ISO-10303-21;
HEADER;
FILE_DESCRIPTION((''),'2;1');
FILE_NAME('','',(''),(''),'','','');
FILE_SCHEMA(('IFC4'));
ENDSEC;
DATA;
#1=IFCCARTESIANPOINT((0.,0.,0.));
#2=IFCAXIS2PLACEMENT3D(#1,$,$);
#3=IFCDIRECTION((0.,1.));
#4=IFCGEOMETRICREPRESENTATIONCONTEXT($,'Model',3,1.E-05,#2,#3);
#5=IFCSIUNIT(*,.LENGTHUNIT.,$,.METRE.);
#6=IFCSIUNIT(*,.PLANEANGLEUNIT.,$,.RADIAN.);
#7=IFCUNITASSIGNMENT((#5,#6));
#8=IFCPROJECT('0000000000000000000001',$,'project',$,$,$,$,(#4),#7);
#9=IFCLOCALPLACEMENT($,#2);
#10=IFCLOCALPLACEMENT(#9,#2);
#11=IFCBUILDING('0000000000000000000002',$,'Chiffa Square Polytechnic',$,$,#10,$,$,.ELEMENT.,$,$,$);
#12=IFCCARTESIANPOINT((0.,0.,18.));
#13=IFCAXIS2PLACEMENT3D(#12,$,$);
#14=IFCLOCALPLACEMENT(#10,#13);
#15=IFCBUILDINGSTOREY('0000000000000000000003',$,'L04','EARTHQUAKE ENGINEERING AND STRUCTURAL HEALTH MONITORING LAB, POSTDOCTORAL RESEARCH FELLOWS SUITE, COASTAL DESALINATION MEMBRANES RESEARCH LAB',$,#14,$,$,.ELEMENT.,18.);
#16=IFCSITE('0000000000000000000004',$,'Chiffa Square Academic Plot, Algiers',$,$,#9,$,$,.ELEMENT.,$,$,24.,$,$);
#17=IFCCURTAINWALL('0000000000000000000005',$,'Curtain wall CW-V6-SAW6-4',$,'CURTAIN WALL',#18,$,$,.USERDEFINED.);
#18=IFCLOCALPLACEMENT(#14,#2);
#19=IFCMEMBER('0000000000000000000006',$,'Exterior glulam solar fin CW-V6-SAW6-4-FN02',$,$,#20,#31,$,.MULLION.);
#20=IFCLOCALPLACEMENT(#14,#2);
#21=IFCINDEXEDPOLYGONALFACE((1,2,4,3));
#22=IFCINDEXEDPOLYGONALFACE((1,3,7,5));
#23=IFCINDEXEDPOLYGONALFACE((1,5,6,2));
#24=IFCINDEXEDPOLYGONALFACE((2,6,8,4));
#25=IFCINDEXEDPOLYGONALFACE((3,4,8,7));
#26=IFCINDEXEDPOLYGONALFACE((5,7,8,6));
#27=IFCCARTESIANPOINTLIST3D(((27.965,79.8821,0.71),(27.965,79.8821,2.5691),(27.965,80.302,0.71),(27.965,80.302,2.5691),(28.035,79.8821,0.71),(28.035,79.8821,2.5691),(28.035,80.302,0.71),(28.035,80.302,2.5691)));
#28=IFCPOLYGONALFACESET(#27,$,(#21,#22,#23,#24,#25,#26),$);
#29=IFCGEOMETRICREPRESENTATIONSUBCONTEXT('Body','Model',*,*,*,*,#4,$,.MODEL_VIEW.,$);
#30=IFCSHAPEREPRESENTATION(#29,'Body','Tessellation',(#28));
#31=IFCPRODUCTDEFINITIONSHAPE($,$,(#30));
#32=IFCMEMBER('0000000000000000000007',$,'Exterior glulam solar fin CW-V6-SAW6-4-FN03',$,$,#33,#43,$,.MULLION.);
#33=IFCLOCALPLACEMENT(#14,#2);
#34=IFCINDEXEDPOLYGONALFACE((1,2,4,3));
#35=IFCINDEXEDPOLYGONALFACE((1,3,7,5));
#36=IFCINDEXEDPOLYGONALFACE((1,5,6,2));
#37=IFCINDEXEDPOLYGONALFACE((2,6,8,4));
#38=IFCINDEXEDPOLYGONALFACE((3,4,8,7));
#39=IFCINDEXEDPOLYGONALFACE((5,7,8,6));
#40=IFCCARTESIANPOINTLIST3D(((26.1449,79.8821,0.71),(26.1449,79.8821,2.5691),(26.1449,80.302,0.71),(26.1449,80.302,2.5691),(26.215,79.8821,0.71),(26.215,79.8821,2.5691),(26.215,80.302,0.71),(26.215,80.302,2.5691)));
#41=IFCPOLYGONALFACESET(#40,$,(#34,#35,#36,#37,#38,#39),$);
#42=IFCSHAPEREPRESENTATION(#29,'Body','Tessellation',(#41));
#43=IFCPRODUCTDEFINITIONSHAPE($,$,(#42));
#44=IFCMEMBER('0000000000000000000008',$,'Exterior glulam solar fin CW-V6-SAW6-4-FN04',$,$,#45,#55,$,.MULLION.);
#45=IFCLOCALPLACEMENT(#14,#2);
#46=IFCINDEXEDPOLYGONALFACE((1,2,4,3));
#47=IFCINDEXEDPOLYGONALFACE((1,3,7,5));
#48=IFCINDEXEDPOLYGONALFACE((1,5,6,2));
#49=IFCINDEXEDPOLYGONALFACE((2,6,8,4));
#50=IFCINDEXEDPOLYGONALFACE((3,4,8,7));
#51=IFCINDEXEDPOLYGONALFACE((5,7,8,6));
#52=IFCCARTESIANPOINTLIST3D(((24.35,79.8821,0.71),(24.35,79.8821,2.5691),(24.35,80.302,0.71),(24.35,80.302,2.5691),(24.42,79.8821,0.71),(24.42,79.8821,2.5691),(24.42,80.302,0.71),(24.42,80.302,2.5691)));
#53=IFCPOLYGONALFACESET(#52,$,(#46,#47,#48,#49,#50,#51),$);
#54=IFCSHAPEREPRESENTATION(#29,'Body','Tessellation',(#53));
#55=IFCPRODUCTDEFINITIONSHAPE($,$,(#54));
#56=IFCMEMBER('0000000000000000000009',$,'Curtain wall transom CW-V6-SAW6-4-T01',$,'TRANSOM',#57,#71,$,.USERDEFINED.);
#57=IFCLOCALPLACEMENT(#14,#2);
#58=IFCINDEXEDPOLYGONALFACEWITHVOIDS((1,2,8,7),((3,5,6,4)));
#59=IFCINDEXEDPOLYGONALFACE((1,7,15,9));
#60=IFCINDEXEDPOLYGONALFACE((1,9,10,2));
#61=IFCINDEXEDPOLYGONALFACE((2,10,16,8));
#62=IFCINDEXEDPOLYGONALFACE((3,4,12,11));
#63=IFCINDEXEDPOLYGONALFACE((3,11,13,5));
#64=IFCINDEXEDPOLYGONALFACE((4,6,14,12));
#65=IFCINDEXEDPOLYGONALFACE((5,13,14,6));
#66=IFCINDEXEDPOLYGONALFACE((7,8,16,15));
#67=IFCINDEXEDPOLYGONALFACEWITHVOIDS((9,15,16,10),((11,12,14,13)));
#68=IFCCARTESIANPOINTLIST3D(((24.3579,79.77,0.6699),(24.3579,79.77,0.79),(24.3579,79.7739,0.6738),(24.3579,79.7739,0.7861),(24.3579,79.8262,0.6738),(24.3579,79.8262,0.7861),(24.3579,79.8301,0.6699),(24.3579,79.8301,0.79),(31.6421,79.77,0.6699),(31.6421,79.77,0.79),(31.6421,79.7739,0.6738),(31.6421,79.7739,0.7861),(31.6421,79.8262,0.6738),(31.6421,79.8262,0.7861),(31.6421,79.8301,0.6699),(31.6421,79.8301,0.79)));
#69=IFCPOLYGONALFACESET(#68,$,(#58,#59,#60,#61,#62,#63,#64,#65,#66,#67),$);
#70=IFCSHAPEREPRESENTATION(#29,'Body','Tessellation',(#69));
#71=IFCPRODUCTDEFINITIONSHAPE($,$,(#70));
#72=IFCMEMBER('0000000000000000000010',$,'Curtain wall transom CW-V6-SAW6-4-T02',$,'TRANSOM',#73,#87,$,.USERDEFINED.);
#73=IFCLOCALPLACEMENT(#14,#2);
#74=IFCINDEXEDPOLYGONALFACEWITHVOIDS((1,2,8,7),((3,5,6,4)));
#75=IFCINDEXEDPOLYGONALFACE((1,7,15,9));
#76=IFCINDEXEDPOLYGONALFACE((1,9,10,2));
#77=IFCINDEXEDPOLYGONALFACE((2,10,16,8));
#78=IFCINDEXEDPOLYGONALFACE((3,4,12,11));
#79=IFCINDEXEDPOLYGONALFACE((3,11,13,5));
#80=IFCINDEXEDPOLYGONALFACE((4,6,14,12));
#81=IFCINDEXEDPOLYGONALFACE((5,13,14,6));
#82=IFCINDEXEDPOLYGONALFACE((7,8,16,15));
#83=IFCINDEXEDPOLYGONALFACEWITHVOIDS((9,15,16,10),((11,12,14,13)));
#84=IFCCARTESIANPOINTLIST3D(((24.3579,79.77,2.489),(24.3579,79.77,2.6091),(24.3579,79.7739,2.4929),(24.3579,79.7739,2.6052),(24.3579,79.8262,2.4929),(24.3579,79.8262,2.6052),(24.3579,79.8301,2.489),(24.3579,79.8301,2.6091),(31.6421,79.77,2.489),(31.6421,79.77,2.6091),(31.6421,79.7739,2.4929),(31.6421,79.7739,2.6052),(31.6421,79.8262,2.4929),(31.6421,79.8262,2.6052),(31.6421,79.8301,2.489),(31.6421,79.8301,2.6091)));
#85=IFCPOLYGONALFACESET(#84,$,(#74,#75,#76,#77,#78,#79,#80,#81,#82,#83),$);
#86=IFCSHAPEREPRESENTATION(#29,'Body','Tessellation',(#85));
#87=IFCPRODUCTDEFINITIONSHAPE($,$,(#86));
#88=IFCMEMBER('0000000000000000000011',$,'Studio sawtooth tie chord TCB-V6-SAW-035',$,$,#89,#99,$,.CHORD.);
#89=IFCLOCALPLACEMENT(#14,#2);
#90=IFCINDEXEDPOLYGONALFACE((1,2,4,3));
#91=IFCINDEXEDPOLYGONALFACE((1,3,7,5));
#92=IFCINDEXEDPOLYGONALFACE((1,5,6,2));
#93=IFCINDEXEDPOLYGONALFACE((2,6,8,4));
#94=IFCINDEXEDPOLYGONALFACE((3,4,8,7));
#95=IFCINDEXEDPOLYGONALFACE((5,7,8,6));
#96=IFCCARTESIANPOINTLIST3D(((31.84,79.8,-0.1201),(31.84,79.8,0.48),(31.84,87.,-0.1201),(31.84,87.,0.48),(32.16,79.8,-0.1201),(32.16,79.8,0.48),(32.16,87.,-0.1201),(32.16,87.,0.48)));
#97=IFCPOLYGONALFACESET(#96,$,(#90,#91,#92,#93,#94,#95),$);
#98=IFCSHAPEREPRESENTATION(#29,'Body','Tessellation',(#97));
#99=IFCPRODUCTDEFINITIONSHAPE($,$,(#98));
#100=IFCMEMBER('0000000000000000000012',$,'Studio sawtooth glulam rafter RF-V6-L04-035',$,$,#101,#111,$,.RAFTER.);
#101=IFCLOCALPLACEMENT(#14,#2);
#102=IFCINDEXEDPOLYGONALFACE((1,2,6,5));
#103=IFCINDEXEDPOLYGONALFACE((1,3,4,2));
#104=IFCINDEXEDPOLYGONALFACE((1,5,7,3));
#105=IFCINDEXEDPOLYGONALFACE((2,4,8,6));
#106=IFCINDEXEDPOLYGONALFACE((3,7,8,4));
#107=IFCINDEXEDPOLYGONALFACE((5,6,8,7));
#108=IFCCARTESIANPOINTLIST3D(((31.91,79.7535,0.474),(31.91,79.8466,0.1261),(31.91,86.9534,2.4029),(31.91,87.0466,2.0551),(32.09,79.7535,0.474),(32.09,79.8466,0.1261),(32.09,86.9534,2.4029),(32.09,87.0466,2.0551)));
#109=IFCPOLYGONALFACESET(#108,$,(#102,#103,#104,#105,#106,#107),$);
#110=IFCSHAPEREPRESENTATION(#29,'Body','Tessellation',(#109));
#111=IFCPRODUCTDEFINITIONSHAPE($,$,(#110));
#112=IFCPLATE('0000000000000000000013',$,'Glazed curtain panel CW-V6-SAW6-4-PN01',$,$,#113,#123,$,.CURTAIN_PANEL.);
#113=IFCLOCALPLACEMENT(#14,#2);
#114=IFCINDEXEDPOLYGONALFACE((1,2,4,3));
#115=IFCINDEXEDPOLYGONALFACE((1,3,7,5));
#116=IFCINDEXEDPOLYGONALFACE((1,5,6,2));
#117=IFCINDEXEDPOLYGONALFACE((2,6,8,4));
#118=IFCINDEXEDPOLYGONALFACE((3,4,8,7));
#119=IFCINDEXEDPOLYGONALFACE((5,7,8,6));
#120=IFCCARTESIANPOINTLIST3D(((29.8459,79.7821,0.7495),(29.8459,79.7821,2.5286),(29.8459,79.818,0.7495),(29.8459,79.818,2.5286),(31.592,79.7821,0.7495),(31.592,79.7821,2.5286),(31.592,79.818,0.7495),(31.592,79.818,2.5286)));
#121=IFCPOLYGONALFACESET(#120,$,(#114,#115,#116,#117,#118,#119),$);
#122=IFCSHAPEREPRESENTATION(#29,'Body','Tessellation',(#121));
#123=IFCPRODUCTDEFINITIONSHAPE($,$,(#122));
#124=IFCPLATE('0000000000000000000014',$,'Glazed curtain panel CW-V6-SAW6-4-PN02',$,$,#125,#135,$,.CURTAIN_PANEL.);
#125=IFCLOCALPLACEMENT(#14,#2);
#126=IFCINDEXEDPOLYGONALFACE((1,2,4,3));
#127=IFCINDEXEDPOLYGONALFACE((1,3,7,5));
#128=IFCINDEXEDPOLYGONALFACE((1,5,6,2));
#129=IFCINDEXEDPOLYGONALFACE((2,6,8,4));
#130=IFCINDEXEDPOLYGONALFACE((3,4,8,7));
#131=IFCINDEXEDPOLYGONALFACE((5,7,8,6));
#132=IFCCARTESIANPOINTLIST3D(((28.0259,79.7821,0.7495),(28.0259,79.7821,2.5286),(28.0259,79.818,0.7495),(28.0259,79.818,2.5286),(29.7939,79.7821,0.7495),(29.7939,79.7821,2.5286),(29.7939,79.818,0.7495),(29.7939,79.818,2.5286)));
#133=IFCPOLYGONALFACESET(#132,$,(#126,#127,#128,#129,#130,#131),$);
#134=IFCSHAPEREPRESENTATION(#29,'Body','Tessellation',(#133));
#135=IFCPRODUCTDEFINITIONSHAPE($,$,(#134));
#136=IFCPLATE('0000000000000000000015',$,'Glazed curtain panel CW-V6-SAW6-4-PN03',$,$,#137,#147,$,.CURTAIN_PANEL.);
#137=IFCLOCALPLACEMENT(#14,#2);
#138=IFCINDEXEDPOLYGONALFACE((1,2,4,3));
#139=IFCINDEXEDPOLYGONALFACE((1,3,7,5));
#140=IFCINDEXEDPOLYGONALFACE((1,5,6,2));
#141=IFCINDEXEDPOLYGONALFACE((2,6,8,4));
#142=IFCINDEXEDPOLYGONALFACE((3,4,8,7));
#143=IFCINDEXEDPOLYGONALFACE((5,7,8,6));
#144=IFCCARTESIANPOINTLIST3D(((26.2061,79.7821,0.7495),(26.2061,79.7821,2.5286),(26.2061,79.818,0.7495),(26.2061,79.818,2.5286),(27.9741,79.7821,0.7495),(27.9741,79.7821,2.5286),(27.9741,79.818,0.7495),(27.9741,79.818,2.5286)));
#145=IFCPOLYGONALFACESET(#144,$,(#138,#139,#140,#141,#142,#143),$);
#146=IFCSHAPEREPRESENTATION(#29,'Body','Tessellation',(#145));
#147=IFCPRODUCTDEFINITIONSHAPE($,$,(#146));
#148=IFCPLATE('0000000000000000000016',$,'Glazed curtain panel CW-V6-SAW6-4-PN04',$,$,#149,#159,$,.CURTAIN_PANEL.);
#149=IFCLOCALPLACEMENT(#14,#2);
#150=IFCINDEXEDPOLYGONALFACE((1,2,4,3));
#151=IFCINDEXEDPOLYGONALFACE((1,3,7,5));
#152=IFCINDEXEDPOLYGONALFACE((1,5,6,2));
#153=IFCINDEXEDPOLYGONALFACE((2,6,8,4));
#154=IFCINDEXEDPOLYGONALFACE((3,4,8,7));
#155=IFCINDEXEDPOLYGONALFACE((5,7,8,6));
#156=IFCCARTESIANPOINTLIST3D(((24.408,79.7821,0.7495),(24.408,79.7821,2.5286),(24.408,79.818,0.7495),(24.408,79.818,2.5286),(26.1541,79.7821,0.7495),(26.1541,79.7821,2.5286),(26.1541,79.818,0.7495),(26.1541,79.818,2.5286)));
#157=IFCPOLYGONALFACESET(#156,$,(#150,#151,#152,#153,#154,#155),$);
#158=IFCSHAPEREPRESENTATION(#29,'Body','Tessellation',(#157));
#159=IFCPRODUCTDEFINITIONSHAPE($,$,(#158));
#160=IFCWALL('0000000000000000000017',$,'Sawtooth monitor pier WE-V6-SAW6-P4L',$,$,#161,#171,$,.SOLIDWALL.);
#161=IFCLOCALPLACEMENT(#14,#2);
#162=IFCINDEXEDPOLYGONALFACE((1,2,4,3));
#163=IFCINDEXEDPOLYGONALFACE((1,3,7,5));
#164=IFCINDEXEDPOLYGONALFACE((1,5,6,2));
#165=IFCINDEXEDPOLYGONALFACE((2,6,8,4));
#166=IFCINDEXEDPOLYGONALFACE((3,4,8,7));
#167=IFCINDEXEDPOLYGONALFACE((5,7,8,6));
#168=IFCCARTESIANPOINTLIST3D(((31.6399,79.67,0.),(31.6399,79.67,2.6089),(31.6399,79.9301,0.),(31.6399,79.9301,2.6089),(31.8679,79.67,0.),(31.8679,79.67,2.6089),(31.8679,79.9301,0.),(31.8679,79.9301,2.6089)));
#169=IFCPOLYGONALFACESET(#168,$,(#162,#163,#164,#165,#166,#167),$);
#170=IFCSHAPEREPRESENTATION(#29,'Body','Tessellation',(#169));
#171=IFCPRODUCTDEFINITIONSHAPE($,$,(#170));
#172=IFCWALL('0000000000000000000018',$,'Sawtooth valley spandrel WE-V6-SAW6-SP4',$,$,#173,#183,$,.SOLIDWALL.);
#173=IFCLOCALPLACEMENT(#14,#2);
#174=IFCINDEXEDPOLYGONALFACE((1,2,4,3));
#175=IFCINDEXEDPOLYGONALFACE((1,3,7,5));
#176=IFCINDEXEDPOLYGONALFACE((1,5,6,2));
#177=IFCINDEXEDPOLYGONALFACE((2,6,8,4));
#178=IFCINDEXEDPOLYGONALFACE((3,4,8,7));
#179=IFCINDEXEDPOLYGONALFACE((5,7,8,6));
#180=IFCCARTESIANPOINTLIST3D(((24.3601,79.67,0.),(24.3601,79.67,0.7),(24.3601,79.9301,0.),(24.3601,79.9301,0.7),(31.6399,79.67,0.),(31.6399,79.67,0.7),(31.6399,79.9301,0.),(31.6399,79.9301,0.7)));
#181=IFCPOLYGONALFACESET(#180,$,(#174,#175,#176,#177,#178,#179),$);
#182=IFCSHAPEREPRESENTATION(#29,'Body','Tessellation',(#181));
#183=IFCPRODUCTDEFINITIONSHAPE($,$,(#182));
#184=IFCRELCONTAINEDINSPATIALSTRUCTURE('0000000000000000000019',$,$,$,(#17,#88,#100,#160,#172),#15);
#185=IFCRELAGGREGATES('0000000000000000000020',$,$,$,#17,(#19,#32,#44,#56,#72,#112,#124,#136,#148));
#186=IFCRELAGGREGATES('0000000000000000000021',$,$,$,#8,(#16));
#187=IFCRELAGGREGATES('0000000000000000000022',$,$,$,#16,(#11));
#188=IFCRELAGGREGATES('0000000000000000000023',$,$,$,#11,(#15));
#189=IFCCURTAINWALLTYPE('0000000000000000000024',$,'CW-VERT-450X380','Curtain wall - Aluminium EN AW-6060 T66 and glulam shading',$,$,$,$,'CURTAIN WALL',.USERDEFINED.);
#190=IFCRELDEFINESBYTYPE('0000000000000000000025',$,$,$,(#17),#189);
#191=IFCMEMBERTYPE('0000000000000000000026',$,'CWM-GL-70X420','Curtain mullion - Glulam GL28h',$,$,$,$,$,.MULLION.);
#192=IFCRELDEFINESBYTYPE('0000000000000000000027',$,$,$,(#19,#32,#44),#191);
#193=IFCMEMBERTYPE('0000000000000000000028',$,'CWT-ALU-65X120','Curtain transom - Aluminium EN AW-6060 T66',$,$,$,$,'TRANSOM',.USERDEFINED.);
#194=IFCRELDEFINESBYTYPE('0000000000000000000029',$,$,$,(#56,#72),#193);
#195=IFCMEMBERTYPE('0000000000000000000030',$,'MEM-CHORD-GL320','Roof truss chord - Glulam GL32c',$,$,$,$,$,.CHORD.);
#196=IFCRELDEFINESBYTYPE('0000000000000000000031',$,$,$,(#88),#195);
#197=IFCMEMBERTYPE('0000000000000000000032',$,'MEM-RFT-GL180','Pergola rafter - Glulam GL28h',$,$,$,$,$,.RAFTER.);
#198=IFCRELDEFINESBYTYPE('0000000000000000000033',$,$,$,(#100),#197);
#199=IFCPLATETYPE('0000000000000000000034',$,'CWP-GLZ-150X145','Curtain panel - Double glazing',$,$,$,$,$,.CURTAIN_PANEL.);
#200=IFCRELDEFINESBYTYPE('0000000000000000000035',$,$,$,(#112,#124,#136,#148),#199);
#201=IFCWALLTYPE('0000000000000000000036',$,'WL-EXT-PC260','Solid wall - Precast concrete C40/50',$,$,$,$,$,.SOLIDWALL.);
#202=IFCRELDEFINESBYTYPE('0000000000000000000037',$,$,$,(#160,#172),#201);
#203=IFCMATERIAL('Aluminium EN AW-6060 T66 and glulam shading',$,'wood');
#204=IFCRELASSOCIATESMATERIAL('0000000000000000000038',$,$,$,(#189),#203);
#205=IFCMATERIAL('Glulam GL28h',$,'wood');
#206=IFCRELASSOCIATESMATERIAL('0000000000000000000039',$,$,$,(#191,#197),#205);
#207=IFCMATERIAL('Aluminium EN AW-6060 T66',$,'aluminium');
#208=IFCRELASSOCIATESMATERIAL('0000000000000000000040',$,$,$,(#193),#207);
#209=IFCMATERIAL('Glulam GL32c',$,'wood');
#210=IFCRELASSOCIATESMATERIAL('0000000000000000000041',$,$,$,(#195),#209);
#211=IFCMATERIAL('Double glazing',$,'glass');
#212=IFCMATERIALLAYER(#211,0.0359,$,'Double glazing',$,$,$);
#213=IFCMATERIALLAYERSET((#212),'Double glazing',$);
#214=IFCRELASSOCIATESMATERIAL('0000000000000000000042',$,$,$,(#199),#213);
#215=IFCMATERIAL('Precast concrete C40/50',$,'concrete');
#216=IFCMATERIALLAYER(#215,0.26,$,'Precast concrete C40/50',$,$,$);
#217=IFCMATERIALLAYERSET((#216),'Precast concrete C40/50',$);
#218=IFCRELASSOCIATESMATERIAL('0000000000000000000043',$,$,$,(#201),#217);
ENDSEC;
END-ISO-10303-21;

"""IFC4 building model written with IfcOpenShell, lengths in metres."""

from ifc_helpers import new_model, si_unit, direction, frame, frame_2d, origin, origin_2d, place, context, subcontext, project, spatial, rectangle, hollow_rectangle, extrude, material, layer, layer_set, material_profile, profile_set, type_object, element, aggregate, save


model = new_model("IFC4")

# Units and contexts
model_context = context("Model", 3, precision=1e-05, world=origin(), true_north=direction((0.0, 1.0)))
body_context = subcontext(model_context, "Body", "Model", "MODEL_VIEW")
ifc_project = project(units=[si_unit("LENGTHUNIT", "METRE"), si_unit("PLANEANGLEUNIT", "RADIAN")], contexts=[model_context])

# Site, building, storey
site_placement = place(None, origin())
site = spatial("IfcSite", under=ifc_project, at=site_placement, Name="Chiffa Square Academic Plot, Algiers", CompositionType="ELEMENT", RefElevation=24.0)
building_placement = place(site_placement, origin())
building = spatial("IfcBuilding", under=site, at=building_placement, Name="Chiffa Square Polytechnic", CompositionType="ELEMENT")
storey_placement = place(building_placement, frame((0.0, 0.0, 18.0)))
storey = spatial("IfcBuildingStorey", under=building, at=storey_placement, Name="L04", Description="EARTHQUAKE ENGINEERING AND STRUCTURAL HEALTH MONITORING LAB, POSTDOCTORAL RESEARCH FELLOWS SUITE, COASTAL DESALINATION MEMBRANES RESEARCH LAB", CompositionType="ELEMENT", Elevation=18.0)

# Shared definitions
ifc_material_1 = material(Name="Glulam GL32c", Category="wood")

# Curtain wall
ifc_material_2 = material(Name="Aluminium EN AW-6060 T66 and glulam shading", Category="wood")
curtain_wall_type_1 = type_object("IfcCurtainWallType", Name="CW-VERT-450X380", Description="Curtain wall - Aluminium EN AW-6060 T66 and glulam shading", ElementType="CURTAIN WALL", PredefinedType="USERDEFINED", material=ifc_material_2)
curtain_wall_1_placement = place(storey_placement, origin())
curtain_wall_1 = element("IfcCurtainWall", 1, at=curtain_wall_1_placement, inside=storey, type_object=curtain_wall_type_1, Name="Curtain wall CW-V6-SAW6-4", ObjectType="CURTAIN WALL", PredefinedType="USERDEFINED")
ifc_material_3 = material(Name="Aluminium EN AW-6060 T66", Category="aluminium")
ifc_material_4 = material(Name="Glulam GL28h", Category="wood")
ifc_material_profile_1 = material_profile(ifc_material_4, rectangle(XDim=0.0701, YDim=0.4199, at=origin_2d()), Name="GL28h 70x420")
ifc_profile_set_1 = profile_set([ifc_material_profile_1], Name="Glulam GL28h")
member_type_1 = type_object("IfcMemberType", Name="CWM-GL-70X420", Description="Curtain mullion - Glulam GL28h", PredefinedType="MULLION", material=ifc_profile_set_1)

# Members
member_1_placement = place(storey_placement, frame((28.0, 80.092, 0.71), z_axis=(0.0, 0.0, 1.0), x_axis=(-1.0, 0.0, 0.0)))
member_1 = element("IfcMember", 2, at=member_1_placement, type_object=member_type_1, Name="Exterior glulam solar fin CW-V6-SAW6-4-FN02", PredefinedType="MULLION", context=body_context, shape_type="SweptSolid", body=[
    extrude(rectangle(XDim=0.0701, YDim=0.4199, at=origin_2d()), origin(), (0.0, 0.0, 1.0), 1.8591),
])
member_2_placement = place(storey_placement, frame((26.1799, 80.092, 0.71), z_axis=(0.0, 0.0, 1.0), x_axis=(-1.0, 0.0, 0.0)))
member_2 = element("IfcMember", 3, at=member_2_placement, type_object=member_type_1, Name="Exterior glulam solar fin CW-V6-SAW6-4-FN03", PredefinedType="MULLION", context=body_context, shape_type="SweptSolid", body=[
    extrude(rectangle(XDim=0.0701, YDim=0.4199, at=origin_2d()), origin(), (0.0, 0.0, 1.0), 1.8591),
])
member_3_placement = place(storey_placement, frame((24.385, 80.092, 0.71), z_axis=(0.0, 0.0, 1.0), x_axis=(-1.0, 0.0, 0.0)))
member_3 = element("IfcMember", 4, at=member_3_placement, type_object=member_type_1, Name="Exterior glulam solar fin CW-V6-SAW6-4-FN04", PredefinedType="MULLION", context=body_context, shape_type="SweptSolid", body=[
    extrude(rectangle(XDim=0.0701, YDim=0.4199, at=origin_2d()), origin(), (0.0, 0.0, 1.0), 1.8591),
])
ifc_material_profile_2 = material_profile(ifc_material_3, hollow_rectangle(XDim=0.0601, YDim=0.1201, WallThickness=0.0039, at=origin_2d()), Name="ALU 60x120x4")
ifc_profile_set_2 = profile_set([ifc_material_profile_2], Name="Aluminium EN AW-6060 T66")
member_type_2 = type_object("IfcMemberType", Name="CWT-ALU-65X120", Description="Curtain transom - Aluminium EN AW-6060 T66", ElementType="TRANSOM", PredefinedType="USERDEFINED", material=ifc_profile_set_2)
member_4_placement = place(storey_placement, frame((31.6421, 79.8, 0.73), z_axis=(-1.0, 0.0, 0.0), x_axis=(0.0, -1.0, 0.0)))
member_4 = element("IfcMember", 5, at=member_4_placement, type_object=member_type_2, Name="Curtain wall transom CW-V6-SAW6-4-T01", ObjectType="TRANSOM", PredefinedType="USERDEFINED", context=body_context, shape_type="SweptSolid", body=[
    extrude(hollow_rectangle(XDim=0.0601, YDim=0.1201, WallThickness=0.0039, at=origin_2d()), origin(), (0.0, 0.0, 1.0), 7.2842),
])
member_5_placement = place(storey_placement, frame((31.6421, 79.8, 2.5491), z_axis=(-1.0, 0.0, 0.0), x_axis=(0.0, -1.0, 0.0)))
member_5 = element("IfcMember", 6, at=member_5_placement, type_object=member_type_2, Name="Curtain wall transom CW-V6-SAW6-4-T02", ObjectType="TRANSOM", PredefinedType="USERDEFINED", context=body_context, shape_type="SweptSolid", body=[
    extrude(hollow_rectangle(XDim=0.0601, YDim=0.1201, WallThickness=0.0039, at=origin_2d()), origin(), (0.0, 0.0, 1.0), 7.2842),
])

# Members
ifc_material_profile_3 = material_profile(ifc_material_1, rectangle(XDim=0.3201, YDim=0.6001, at=origin_2d()), Name="GL32c 320x600")
ifc_profile_set_3 = profile_set([ifc_material_profile_3], Name="Glulam GL32c")
member_type_3 = type_object("IfcMemberType", Name="MEM-CHORD-GL320", Description="Roof truss chord - Glulam GL32c", PredefinedType="CHORD", material=ifc_profile_set_3)
member_6_placement = place(storey_placement, frame((32.0, 79.8, 0.1799), z_axis=(0.0, 1.0, 0.0), x_axis=(-1.0, 0.0, 0.0)))
element("IfcMember", 7, at=member_6_placement, inside=storey, type_object=member_type_3, Name="Studio sawtooth tie chord TCB-V6-SAW-035", PredefinedType="CHORD", context=body_context, shape_type="SweptSolid", body=[
    extrude(rectangle(XDim=0.3201, YDim=0.6001, at=origin_2d()), origin(), (0.0, 0.0, 1.0), 7.2),
])
ifc_material_profile_4 = material_profile(ifc_material_4, rectangle(XDim=0.1799, YDim=0.3601, at=origin_2d()), Name="GL28h 180x360")
ifc_profile_set_4 = profile_set([ifc_material_profile_4], Name="Glulam GL28h")
member_type_4 = type_object("IfcMemberType", Name="MEM-RFT-GL180", Description="Pergola rafter - Glulam GL28h", PredefinedType="RAFTER", material=ifc_profile_set_4)
member_7_placement = place(storey_placement, frame((32.0, 79.8, 0.3), z_axis=(0.0, 0.965935, 0.258786), x_axis=(-1.0, 0.0, 0.0)))
element("IfcMember", 8, at=member_7_placement, inside=storey, type_object=member_type_4, Name="Studio sawtooth glulam rafter RF-V6-L04-035", PredefinedType="RAFTER", context=body_context, shape_type="SweptSolid", body=[
    extrude(rectangle(XDim=0.1799, YDim=0.3601, at=origin_2d()), origin(), (0.0, 0.0, 1.0), 7.4539),
])

# Plates
ifc_material_5 = material(Name="Double glazing", Category="glass")
ifc_layer_1 = layer(ifc_material_5, 0.0359, Name="Double glazing")
ifc_layer_set_1 = layer_set([ifc_layer_1], Name="Double glazing")
plate_type = type_object("IfcPlateType", Name="CWP-GLZ-150X145", Description="Curtain panel - Double glazing", PredefinedType="CURTAIN_PANEL", material=ifc_layer_set_1)
plate_1_placement = place(storey_placement, frame((30.719, 79.8, 0.7495), z_axis=(0.0, 0.0, 1.0), x_axis=(-1.0, 0.0, 0.0)))
plate_1 = element("IfcPlate", 9, at=plate_1_placement, type_object=plate_type, Name="Glazed curtain panel CW-V6-SAW6-4-PN01", PredefinedType="CURTAIN_PANEL", context=body_context, shape_type="SweptSolid", body=[
    extrude(rectangle(XDim=1.7461, YDim=0.0359, at=origin_2d()), origin(), (0.0, 0.0, 1.0), 1.7791),
])
plate_2_placement = place(storey_placement, frame((28.9099, 79.8, 0.7495), z_axis=(0.0, 0.0, 1.0), x_axis=(-1.0, 0.0, 0.0)))
plate_2 = element("IfcPlate", 10, at=plate_2_placement, type_object=plate_type, Name="Glazed curtain panel CW-V6-SAW6-4-PN02", PredefinedType="CURTAIN_PANEL", context=body_context, shape_type="SweptSolid", body=[
    extrude(rectangle(XDim=1.7681, YDim=0.0359, at=origin_2d()), origin(), (0.0, 0.0, 1.0), 1.7791),
])
plate_3_placement = place(storey_placement, frame((27.0901, 79.8, 0.7495), z_axis=(0.0, 0.0, 1.0), x_axis=(-1.0, 0.0, 0.0)))
plate_3 = element("IfcPlate", 11, at=plate_3_placement, type_object=plate_type, Name="Glazed curtain panel CW-V6-SAW6-4-PN03", PredefinedType="CURTAIN_PANEL", context=body_context, shape_type="SweptSolid", body=[
    extrude(rectangle(XDim=1.7681, YDim=0.0359, at=origin_2d()), origin(), (0.0, 0.0, 1.0), 1.7791),
])
plate_4_placement = place(storey_placement, frame((25.281, 79.8, 0.7495), z_axis=(0.0, 0.0, 1.0), x_axis=(-1.0, 0.0, 0.0)))
plate_4 = element("IfcPlate", 12, at=plate_4_placement, type_object=plate_type, Name="Glazed curtain panel CW-V6-SAW6-4-PN04", PredefinedType="CURTAIN_PANEL", context=body_context, shape_type="SweptSolid", body=[
    extrude(rectangle(XDim=1.7461, YDim=0.0359, at=origin_2d()), origin(), (0.0, 0.0, 1.0), 1.7791),
])
aggregate(curtain_wall_1, [member_1, member_2, member_3, member_4, member_5, plate_1, plate_2, plate_3, plate_4])

# Walls
ifc_material_6 = material(Name="Precast concrete C40/50", Category="concrete")
ifc_layer_2 = layer(ifc_material_6, 0.26, Name="Precast concrete C40/50")
ifc_layer_set_2 = layer_set([ifc_layer_2], Name="Precast concrete C40/50")
wall_type = type_object("IfcWallType", Name="WL-EXT-PC260", Description="Solid wall - Precast concrete C40/50", PredefinedType="SOLIDWALL", material=ifc_layer_set_2)
wall_1_placement = place(storey_placement, frame((31.8679, 79.8, 0.0), z_axis=(0.0, 0.0, 1.0), x_axis=(-1.0, 0.0, 0.0)))
element("IfcWall", 13, at=wall_1_placement, inside=storey, type_object=wall_type, Name="Sawtooth monitor pier WE-V6-SAW6-P4L", PredefinedType="SOLIDWALL", context=body_context, shape_type="SweptSolid", body=[
    extrude(rectangle(XDim=0.228, YDim=0.26, at=frame_2d((0.114, 0.0))), origin(), (0.0, 0.0, 1.0), 2.6089),
])
wall_2_placement = place(storey_placement, frame((24.3601, 79.8, 0.0), z_axis=(0.0, 0.0, 1.0), x_axis=(1.0, 0.0, 0.0)))
element("IfcWall", 14, at=wall_2_placement, inside=storey, type_object=wall_type, Name="Sawtooth valley spandrel WE-V6-SAW6-SP4", PredefinedType="SOLIDWALL", context=body_context, shape_type="SweptSolid", body=[
    extrude(rectangle(XDim=7.2798, YDim=0.26, at=frame_2d((3.6399, 0.0))), origin(), (0.0, 0.0, 1.0), 0.7),
])

save(model, "model.ifc")
